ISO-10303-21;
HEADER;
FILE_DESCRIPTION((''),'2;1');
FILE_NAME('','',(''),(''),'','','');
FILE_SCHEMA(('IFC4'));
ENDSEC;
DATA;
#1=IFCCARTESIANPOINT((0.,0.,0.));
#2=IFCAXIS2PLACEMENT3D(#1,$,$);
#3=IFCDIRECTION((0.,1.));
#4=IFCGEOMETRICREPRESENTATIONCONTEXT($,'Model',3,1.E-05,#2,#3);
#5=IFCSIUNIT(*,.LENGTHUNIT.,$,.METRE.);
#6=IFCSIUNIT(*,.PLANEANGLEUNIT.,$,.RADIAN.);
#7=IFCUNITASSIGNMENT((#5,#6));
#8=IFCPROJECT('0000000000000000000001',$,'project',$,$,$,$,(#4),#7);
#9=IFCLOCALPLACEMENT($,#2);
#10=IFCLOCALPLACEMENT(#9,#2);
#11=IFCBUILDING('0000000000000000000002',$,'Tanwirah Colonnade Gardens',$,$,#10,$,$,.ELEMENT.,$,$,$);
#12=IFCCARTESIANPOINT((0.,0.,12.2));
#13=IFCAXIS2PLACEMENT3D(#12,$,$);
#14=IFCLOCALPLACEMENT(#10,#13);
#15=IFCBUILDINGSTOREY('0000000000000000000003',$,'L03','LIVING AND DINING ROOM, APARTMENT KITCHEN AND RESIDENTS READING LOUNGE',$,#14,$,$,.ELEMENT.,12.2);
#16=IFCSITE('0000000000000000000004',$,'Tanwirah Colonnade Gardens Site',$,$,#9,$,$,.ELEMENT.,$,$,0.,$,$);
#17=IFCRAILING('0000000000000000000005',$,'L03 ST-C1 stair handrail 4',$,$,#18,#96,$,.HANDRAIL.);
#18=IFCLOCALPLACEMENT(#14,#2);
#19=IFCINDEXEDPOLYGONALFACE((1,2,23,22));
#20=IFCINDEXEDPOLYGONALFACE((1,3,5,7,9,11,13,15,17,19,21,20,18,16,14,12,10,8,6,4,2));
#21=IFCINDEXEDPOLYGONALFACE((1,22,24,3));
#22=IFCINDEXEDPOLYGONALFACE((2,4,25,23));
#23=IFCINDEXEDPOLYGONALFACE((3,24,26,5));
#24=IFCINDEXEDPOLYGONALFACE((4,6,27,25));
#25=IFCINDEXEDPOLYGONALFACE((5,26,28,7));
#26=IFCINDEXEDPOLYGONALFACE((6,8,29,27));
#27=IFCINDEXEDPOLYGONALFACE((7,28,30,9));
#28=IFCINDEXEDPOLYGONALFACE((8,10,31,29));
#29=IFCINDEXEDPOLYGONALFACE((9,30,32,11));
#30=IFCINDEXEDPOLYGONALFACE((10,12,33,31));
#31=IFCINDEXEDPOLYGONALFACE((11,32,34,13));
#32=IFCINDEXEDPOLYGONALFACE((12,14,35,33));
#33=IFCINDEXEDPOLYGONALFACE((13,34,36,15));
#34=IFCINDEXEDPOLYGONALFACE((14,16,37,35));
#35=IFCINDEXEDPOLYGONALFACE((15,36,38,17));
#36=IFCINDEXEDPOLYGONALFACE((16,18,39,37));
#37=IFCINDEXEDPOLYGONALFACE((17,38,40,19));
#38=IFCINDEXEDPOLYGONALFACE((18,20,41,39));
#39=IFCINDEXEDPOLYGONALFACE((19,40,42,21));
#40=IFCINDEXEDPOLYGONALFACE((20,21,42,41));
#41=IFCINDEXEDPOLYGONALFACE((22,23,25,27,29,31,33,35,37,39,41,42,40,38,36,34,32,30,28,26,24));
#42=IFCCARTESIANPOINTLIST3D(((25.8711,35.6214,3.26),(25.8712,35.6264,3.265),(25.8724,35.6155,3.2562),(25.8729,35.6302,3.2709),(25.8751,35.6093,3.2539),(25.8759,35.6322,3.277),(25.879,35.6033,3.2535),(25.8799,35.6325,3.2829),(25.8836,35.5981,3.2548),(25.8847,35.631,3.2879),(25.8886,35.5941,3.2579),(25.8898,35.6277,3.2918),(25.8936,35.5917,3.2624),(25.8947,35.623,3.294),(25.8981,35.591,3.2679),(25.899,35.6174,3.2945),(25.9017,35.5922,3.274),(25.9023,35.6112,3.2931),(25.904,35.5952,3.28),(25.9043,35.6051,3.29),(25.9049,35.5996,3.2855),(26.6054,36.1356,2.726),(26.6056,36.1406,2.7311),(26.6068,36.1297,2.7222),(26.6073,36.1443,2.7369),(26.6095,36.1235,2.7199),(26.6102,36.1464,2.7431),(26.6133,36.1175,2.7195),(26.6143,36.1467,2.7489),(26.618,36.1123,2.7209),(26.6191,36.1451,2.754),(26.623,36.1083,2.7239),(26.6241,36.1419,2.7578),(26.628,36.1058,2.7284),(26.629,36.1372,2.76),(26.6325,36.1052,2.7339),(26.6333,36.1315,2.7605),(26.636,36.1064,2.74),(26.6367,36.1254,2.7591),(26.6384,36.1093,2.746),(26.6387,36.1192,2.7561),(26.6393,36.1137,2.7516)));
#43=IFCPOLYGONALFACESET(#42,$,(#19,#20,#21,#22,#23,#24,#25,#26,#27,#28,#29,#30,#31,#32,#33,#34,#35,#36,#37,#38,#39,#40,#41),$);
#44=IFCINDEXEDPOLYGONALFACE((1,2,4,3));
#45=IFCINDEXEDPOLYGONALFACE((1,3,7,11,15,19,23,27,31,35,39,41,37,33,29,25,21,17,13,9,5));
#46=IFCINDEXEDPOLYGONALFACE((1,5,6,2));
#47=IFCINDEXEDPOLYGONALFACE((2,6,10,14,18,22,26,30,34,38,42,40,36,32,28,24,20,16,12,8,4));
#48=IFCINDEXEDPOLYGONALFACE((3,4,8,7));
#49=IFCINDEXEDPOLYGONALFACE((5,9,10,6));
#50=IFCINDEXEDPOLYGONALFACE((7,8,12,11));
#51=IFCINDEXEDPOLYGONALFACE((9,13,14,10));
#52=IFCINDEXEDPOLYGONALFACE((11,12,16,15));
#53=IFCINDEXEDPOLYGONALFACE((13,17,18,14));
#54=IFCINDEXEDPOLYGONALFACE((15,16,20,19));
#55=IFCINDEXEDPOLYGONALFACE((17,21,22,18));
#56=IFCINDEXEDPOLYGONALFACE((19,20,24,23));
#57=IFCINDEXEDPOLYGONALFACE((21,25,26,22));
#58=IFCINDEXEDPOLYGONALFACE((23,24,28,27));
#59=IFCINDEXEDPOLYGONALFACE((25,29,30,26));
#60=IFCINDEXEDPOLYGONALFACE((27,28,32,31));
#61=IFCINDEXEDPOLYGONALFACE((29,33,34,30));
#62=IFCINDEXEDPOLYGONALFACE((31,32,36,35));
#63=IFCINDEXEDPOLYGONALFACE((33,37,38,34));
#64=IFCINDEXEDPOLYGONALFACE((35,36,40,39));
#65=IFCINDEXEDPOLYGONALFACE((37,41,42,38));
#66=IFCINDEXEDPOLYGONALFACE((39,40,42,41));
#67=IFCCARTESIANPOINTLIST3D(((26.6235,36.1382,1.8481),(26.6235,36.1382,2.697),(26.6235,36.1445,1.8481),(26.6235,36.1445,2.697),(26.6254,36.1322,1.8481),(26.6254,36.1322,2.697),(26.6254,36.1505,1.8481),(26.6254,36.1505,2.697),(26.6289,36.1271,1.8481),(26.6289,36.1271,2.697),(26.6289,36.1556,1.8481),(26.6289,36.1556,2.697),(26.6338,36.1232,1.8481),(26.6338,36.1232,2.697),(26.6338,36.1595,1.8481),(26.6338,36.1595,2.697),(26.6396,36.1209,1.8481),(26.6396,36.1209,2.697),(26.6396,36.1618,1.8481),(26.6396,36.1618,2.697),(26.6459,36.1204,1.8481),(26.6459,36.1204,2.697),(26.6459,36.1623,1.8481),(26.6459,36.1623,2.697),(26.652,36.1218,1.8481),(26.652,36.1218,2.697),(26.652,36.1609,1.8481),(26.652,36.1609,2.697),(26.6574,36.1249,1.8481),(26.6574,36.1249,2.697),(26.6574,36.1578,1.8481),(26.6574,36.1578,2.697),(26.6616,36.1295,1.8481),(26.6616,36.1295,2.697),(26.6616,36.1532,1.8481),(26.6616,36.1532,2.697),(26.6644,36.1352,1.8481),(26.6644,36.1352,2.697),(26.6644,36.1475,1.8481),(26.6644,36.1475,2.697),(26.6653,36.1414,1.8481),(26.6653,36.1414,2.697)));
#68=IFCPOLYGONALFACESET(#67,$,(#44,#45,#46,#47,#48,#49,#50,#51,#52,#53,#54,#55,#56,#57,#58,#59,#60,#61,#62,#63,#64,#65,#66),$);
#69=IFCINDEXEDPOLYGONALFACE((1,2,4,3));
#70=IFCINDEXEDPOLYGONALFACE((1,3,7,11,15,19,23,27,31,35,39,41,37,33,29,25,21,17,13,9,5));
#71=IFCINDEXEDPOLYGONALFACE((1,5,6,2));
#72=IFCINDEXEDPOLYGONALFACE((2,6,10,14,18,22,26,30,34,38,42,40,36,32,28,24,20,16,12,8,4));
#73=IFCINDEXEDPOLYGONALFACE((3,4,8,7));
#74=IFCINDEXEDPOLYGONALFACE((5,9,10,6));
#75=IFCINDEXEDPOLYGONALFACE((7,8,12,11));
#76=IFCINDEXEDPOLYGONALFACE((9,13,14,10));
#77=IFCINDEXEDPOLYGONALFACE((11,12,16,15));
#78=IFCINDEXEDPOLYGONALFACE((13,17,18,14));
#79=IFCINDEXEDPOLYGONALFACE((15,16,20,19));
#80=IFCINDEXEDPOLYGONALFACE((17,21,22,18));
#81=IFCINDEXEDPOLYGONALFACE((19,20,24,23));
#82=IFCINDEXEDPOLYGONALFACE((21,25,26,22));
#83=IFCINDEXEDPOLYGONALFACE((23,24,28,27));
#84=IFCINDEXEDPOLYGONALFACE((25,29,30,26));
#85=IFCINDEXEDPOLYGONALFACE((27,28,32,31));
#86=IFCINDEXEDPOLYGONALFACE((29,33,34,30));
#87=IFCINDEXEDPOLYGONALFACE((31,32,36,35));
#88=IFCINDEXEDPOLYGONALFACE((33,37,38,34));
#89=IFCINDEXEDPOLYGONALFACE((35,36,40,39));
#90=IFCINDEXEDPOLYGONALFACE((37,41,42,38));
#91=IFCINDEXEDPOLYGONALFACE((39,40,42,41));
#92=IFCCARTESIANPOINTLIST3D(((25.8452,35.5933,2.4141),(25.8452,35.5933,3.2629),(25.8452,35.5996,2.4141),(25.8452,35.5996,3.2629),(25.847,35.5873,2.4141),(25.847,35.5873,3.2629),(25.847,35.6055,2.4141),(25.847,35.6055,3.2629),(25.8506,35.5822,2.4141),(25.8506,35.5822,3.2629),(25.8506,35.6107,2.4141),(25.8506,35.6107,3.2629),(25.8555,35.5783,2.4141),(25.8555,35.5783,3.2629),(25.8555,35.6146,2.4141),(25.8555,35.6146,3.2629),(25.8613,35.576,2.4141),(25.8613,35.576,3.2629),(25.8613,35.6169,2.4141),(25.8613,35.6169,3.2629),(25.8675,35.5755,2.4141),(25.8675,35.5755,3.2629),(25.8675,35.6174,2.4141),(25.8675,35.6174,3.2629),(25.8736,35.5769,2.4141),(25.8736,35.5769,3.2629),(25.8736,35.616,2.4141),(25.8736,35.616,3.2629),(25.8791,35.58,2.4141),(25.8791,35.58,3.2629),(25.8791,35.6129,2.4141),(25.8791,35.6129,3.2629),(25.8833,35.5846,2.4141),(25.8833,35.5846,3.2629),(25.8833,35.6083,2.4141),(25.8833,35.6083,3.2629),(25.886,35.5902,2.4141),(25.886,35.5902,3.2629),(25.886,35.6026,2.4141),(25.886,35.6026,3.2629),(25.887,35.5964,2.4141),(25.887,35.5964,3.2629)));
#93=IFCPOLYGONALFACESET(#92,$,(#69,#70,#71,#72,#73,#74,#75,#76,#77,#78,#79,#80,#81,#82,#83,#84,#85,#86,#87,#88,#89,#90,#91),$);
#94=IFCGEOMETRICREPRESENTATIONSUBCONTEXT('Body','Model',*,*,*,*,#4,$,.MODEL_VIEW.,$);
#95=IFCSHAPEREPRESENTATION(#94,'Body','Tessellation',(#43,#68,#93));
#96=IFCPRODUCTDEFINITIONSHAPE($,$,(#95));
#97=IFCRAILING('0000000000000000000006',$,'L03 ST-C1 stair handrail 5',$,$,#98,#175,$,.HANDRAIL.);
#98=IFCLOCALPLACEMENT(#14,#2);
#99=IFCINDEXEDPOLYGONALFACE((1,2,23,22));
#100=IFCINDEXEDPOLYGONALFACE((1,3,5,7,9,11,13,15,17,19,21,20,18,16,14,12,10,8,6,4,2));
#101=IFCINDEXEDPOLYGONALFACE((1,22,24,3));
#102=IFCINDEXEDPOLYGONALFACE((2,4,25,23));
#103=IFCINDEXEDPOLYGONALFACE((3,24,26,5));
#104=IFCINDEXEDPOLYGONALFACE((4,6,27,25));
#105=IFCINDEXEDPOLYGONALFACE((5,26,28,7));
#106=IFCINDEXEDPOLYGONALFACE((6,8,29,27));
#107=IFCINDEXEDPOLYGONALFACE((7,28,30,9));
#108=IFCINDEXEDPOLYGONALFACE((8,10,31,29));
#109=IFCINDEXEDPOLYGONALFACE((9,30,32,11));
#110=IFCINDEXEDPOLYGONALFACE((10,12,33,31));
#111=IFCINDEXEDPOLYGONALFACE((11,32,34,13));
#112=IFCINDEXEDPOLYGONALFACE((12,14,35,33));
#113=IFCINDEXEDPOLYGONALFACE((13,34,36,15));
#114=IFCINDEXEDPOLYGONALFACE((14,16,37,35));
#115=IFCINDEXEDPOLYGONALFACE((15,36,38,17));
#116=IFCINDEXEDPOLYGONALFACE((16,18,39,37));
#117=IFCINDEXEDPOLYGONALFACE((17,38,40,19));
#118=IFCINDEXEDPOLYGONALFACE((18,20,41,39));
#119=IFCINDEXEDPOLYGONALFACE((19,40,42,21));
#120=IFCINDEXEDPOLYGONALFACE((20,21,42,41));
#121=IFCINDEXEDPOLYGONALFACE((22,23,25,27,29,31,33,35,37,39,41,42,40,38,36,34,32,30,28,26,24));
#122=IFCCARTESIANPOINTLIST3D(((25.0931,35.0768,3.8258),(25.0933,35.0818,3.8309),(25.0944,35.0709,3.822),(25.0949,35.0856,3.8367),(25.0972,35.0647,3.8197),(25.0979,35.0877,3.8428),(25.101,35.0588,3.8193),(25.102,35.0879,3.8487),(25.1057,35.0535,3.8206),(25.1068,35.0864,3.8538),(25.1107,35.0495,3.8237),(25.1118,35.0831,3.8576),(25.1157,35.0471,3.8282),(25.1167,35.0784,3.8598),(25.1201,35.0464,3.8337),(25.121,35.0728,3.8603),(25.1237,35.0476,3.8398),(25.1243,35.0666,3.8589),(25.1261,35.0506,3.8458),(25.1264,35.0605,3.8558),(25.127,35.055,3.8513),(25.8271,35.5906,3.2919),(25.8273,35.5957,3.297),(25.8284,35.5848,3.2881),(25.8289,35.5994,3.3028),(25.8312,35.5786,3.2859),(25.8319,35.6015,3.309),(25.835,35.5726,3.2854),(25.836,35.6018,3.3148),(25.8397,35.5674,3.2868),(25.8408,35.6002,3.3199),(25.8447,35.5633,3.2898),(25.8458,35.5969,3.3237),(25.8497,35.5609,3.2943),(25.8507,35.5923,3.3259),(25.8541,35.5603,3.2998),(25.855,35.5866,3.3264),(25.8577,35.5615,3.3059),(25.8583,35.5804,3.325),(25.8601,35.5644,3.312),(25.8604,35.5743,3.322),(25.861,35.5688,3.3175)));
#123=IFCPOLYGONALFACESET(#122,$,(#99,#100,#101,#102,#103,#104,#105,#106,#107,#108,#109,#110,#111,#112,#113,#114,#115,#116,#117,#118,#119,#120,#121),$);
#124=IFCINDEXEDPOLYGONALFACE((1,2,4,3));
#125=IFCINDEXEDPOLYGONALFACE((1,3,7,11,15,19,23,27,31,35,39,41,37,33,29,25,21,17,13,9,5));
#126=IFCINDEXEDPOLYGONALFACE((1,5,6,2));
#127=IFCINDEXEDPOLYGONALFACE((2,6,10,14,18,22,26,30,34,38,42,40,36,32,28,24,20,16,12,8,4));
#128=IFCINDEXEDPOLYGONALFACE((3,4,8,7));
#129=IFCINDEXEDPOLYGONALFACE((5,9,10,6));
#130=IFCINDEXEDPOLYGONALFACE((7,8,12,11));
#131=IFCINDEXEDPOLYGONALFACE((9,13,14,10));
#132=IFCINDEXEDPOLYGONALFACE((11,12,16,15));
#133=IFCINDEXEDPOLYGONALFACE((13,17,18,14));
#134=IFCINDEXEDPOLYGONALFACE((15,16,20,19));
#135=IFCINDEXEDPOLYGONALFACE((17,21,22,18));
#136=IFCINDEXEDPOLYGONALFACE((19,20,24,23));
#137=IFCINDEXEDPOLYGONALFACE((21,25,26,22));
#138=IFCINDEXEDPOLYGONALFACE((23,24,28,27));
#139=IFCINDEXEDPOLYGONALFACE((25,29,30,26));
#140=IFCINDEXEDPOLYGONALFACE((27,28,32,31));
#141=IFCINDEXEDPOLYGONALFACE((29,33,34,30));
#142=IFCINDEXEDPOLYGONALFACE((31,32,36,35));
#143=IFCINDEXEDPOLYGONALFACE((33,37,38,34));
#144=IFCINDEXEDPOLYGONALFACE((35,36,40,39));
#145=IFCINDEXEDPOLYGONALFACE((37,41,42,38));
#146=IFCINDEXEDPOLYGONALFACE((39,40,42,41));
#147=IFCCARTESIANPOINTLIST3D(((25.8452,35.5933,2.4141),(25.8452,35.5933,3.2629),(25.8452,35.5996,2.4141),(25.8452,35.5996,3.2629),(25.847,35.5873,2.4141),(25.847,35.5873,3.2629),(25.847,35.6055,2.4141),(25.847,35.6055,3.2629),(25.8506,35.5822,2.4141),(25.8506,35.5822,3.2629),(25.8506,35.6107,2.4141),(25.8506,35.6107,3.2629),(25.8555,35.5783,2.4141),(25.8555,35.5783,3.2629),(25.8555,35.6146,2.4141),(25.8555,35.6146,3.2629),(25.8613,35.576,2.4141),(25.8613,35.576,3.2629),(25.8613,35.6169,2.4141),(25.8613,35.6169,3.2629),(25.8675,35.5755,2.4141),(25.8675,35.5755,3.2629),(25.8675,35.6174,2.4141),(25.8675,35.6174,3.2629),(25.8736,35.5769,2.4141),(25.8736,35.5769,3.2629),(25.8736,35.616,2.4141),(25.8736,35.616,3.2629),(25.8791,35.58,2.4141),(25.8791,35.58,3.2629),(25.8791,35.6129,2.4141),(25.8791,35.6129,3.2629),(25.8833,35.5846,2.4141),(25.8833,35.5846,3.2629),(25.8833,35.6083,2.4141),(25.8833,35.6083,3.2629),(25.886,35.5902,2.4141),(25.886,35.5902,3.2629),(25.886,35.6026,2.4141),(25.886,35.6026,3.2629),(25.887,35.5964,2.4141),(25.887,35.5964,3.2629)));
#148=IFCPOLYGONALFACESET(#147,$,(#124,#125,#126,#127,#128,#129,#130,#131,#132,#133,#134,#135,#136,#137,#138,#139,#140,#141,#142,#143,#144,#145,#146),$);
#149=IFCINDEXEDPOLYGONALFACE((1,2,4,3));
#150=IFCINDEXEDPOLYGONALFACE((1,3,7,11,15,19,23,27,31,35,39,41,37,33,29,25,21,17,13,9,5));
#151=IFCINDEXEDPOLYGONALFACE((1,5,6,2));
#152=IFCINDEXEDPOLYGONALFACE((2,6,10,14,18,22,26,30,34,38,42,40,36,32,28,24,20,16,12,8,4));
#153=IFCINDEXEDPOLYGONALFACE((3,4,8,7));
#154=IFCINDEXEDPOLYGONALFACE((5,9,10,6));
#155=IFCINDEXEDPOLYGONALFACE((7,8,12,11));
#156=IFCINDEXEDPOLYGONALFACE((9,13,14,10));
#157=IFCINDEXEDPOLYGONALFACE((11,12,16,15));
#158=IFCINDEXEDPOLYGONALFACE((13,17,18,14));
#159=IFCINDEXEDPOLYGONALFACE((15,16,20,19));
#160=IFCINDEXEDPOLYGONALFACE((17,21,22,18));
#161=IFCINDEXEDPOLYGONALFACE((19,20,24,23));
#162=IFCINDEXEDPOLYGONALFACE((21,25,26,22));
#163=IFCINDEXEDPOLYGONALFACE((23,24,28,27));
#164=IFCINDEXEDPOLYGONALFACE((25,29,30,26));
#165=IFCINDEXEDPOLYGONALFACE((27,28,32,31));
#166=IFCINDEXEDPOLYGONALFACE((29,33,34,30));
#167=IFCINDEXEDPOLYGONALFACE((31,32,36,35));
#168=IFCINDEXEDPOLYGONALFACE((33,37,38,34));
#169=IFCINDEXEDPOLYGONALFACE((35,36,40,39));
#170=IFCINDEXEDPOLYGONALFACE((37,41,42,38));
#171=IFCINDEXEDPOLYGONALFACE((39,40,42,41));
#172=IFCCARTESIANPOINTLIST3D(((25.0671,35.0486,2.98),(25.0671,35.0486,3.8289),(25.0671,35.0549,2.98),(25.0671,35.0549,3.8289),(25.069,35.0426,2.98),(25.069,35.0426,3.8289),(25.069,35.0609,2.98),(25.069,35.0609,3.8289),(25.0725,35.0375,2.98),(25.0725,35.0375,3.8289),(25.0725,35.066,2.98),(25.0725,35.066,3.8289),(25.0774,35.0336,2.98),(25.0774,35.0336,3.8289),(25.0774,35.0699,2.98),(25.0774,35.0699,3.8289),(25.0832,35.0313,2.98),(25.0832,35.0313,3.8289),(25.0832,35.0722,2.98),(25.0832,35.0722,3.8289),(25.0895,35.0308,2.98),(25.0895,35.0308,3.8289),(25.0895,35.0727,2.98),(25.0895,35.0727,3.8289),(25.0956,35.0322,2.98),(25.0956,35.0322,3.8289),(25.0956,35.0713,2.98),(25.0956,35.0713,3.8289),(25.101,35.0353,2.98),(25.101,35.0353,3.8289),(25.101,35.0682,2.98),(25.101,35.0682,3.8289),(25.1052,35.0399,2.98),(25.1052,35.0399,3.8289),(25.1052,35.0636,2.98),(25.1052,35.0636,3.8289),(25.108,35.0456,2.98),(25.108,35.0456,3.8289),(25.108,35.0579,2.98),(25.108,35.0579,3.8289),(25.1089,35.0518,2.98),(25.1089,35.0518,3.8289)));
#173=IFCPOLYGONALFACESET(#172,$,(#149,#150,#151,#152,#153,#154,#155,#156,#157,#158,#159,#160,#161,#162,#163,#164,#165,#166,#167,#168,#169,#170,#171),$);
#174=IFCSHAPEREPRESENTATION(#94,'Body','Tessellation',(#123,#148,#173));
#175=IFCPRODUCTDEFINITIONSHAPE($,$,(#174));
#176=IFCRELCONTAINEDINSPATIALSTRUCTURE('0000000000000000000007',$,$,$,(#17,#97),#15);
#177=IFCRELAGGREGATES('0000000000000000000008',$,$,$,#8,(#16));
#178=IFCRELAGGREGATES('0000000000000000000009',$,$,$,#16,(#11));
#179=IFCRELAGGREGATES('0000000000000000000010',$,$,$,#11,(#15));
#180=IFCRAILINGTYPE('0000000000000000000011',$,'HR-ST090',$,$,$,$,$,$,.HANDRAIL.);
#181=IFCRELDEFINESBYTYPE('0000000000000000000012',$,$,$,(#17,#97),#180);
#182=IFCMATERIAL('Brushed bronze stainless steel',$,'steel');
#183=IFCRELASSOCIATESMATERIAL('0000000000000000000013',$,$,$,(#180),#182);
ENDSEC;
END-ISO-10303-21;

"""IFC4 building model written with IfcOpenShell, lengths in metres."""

from ifc_helpers import new_model, si_unit, direction, frame, origin, origin_2d, place, context, subcontext, project, spatial, circle, extrude, material, type_object, element, save


model = new_model("IFC4")

# Units and contexts
model_context = context("Model", 3, precision=1e-05, world=origin(), true_north=direction((0.0, 1.0)))
body_context = subcontext(model_context, "Body", "Model", "MODEL_VIEW")
ifc_project = project(units=[si_unit("LENGTHUNIT", "METRE"), si_unit("PLANEANGLEUNIT", "RADIAN")], contexts=[model_context])

# Site, building, storey
site_placement = place(None, origin())
site = spatial("IfcSite", under=ifc_project, at=site_placement, Name="Tanwirah Colonnade Gardens Site", CompositionType="ELEMENT", RefElevation=0.0)
building_placement = place(site_placement, origin())
building = spatial("IfcBuilding", under=site, at=building_placement, Name="Tanwirah Colonnade Gardens", CompositionType="ELEMENT")
storey_placement = place(building_placement, frame((0.0, 0.0, 12.2)))
storey = spatial("IfcBuildingStorey", under=building, at=storey_placement, Name="L03", Description="LIVING AND DINING ROOM, APARTMENT KITCHEN AND RESIDENTS READING LOUNGE", CompositionType="ELEMENT", Elevation=12.2)

# Railings
ifc_material_1 = material(Name="Brushed bronze stainless steel", Category="steel")
railing_type_1 = type_object("IfcRailingType", Name="HR-ST090", PredefinedType="HANDRAIL", material=ifc_material_1)
railing_1_placement = place(storey_placement, frame((26.6443, 36.1414, 1.8481)))
element("IfcRailing", 1, at=railing_1_placement, inside=storey, type_object=railing_type_1, Name="L03 ST-C1 stair handrail 4", PredefinedType="HANDRAIL", context=body_context, shape_type="SweptSolid", body=[
    extrude(circle(Radius=0.0239, at=origin_2d()), frame((-0.022, -0.0154, 0.8918), z_axis=(-0.703797, -0.492747, 0.511732), x_axis=(0.573531, -0.819184, 0.0)), (0.0, 0.0, 1.0), 1.0435),
    extrude(circle(Radius=0.021, at=origin_2d()), origin(), (0.0, 0.0, 1.0), 0.8489),
    extrude(circle(Radius=0.021, at=origin_2d()), frame((-0.7783, -0.5449, 0.5659)), (0.0, 0.0, 1.0), 0.8489),
])
railing_2_placement = place(storey_placement, frame((25.866, 35.5964, 2.4141)))
element("IfcRailing", 2, at=railing_2_placement, inside=storey, type_object=railing_type_1, Name="L03 ST-C1 stair handrail 5", PredefinedType="HANDRAIL", context=body_context, shape_type="SweptSolid", body=[
    extrude(circle(Radius=0.0239, at=origin_2d()), frame((-0.022, -0.0154, 0.8918), z_axis=(-0.703763, -0.492656, 0.511868), x_axis=(0.57348, -0.81922, 0.0)), (0.0, 0.0, 1.0), 1.043),
    extrude(circle(Radius=0.021, at=origin_2d()), origin(), (0.0, 0.0, 1.0), 0.8489),
    extrude(circle(Radius=0.021, at=origin_2d()), frame((-0.7781, -0.5447, 0.5659)), (0.0, 0.0, 1.0), 0.8489),
])

save(model, "model.ifc")
